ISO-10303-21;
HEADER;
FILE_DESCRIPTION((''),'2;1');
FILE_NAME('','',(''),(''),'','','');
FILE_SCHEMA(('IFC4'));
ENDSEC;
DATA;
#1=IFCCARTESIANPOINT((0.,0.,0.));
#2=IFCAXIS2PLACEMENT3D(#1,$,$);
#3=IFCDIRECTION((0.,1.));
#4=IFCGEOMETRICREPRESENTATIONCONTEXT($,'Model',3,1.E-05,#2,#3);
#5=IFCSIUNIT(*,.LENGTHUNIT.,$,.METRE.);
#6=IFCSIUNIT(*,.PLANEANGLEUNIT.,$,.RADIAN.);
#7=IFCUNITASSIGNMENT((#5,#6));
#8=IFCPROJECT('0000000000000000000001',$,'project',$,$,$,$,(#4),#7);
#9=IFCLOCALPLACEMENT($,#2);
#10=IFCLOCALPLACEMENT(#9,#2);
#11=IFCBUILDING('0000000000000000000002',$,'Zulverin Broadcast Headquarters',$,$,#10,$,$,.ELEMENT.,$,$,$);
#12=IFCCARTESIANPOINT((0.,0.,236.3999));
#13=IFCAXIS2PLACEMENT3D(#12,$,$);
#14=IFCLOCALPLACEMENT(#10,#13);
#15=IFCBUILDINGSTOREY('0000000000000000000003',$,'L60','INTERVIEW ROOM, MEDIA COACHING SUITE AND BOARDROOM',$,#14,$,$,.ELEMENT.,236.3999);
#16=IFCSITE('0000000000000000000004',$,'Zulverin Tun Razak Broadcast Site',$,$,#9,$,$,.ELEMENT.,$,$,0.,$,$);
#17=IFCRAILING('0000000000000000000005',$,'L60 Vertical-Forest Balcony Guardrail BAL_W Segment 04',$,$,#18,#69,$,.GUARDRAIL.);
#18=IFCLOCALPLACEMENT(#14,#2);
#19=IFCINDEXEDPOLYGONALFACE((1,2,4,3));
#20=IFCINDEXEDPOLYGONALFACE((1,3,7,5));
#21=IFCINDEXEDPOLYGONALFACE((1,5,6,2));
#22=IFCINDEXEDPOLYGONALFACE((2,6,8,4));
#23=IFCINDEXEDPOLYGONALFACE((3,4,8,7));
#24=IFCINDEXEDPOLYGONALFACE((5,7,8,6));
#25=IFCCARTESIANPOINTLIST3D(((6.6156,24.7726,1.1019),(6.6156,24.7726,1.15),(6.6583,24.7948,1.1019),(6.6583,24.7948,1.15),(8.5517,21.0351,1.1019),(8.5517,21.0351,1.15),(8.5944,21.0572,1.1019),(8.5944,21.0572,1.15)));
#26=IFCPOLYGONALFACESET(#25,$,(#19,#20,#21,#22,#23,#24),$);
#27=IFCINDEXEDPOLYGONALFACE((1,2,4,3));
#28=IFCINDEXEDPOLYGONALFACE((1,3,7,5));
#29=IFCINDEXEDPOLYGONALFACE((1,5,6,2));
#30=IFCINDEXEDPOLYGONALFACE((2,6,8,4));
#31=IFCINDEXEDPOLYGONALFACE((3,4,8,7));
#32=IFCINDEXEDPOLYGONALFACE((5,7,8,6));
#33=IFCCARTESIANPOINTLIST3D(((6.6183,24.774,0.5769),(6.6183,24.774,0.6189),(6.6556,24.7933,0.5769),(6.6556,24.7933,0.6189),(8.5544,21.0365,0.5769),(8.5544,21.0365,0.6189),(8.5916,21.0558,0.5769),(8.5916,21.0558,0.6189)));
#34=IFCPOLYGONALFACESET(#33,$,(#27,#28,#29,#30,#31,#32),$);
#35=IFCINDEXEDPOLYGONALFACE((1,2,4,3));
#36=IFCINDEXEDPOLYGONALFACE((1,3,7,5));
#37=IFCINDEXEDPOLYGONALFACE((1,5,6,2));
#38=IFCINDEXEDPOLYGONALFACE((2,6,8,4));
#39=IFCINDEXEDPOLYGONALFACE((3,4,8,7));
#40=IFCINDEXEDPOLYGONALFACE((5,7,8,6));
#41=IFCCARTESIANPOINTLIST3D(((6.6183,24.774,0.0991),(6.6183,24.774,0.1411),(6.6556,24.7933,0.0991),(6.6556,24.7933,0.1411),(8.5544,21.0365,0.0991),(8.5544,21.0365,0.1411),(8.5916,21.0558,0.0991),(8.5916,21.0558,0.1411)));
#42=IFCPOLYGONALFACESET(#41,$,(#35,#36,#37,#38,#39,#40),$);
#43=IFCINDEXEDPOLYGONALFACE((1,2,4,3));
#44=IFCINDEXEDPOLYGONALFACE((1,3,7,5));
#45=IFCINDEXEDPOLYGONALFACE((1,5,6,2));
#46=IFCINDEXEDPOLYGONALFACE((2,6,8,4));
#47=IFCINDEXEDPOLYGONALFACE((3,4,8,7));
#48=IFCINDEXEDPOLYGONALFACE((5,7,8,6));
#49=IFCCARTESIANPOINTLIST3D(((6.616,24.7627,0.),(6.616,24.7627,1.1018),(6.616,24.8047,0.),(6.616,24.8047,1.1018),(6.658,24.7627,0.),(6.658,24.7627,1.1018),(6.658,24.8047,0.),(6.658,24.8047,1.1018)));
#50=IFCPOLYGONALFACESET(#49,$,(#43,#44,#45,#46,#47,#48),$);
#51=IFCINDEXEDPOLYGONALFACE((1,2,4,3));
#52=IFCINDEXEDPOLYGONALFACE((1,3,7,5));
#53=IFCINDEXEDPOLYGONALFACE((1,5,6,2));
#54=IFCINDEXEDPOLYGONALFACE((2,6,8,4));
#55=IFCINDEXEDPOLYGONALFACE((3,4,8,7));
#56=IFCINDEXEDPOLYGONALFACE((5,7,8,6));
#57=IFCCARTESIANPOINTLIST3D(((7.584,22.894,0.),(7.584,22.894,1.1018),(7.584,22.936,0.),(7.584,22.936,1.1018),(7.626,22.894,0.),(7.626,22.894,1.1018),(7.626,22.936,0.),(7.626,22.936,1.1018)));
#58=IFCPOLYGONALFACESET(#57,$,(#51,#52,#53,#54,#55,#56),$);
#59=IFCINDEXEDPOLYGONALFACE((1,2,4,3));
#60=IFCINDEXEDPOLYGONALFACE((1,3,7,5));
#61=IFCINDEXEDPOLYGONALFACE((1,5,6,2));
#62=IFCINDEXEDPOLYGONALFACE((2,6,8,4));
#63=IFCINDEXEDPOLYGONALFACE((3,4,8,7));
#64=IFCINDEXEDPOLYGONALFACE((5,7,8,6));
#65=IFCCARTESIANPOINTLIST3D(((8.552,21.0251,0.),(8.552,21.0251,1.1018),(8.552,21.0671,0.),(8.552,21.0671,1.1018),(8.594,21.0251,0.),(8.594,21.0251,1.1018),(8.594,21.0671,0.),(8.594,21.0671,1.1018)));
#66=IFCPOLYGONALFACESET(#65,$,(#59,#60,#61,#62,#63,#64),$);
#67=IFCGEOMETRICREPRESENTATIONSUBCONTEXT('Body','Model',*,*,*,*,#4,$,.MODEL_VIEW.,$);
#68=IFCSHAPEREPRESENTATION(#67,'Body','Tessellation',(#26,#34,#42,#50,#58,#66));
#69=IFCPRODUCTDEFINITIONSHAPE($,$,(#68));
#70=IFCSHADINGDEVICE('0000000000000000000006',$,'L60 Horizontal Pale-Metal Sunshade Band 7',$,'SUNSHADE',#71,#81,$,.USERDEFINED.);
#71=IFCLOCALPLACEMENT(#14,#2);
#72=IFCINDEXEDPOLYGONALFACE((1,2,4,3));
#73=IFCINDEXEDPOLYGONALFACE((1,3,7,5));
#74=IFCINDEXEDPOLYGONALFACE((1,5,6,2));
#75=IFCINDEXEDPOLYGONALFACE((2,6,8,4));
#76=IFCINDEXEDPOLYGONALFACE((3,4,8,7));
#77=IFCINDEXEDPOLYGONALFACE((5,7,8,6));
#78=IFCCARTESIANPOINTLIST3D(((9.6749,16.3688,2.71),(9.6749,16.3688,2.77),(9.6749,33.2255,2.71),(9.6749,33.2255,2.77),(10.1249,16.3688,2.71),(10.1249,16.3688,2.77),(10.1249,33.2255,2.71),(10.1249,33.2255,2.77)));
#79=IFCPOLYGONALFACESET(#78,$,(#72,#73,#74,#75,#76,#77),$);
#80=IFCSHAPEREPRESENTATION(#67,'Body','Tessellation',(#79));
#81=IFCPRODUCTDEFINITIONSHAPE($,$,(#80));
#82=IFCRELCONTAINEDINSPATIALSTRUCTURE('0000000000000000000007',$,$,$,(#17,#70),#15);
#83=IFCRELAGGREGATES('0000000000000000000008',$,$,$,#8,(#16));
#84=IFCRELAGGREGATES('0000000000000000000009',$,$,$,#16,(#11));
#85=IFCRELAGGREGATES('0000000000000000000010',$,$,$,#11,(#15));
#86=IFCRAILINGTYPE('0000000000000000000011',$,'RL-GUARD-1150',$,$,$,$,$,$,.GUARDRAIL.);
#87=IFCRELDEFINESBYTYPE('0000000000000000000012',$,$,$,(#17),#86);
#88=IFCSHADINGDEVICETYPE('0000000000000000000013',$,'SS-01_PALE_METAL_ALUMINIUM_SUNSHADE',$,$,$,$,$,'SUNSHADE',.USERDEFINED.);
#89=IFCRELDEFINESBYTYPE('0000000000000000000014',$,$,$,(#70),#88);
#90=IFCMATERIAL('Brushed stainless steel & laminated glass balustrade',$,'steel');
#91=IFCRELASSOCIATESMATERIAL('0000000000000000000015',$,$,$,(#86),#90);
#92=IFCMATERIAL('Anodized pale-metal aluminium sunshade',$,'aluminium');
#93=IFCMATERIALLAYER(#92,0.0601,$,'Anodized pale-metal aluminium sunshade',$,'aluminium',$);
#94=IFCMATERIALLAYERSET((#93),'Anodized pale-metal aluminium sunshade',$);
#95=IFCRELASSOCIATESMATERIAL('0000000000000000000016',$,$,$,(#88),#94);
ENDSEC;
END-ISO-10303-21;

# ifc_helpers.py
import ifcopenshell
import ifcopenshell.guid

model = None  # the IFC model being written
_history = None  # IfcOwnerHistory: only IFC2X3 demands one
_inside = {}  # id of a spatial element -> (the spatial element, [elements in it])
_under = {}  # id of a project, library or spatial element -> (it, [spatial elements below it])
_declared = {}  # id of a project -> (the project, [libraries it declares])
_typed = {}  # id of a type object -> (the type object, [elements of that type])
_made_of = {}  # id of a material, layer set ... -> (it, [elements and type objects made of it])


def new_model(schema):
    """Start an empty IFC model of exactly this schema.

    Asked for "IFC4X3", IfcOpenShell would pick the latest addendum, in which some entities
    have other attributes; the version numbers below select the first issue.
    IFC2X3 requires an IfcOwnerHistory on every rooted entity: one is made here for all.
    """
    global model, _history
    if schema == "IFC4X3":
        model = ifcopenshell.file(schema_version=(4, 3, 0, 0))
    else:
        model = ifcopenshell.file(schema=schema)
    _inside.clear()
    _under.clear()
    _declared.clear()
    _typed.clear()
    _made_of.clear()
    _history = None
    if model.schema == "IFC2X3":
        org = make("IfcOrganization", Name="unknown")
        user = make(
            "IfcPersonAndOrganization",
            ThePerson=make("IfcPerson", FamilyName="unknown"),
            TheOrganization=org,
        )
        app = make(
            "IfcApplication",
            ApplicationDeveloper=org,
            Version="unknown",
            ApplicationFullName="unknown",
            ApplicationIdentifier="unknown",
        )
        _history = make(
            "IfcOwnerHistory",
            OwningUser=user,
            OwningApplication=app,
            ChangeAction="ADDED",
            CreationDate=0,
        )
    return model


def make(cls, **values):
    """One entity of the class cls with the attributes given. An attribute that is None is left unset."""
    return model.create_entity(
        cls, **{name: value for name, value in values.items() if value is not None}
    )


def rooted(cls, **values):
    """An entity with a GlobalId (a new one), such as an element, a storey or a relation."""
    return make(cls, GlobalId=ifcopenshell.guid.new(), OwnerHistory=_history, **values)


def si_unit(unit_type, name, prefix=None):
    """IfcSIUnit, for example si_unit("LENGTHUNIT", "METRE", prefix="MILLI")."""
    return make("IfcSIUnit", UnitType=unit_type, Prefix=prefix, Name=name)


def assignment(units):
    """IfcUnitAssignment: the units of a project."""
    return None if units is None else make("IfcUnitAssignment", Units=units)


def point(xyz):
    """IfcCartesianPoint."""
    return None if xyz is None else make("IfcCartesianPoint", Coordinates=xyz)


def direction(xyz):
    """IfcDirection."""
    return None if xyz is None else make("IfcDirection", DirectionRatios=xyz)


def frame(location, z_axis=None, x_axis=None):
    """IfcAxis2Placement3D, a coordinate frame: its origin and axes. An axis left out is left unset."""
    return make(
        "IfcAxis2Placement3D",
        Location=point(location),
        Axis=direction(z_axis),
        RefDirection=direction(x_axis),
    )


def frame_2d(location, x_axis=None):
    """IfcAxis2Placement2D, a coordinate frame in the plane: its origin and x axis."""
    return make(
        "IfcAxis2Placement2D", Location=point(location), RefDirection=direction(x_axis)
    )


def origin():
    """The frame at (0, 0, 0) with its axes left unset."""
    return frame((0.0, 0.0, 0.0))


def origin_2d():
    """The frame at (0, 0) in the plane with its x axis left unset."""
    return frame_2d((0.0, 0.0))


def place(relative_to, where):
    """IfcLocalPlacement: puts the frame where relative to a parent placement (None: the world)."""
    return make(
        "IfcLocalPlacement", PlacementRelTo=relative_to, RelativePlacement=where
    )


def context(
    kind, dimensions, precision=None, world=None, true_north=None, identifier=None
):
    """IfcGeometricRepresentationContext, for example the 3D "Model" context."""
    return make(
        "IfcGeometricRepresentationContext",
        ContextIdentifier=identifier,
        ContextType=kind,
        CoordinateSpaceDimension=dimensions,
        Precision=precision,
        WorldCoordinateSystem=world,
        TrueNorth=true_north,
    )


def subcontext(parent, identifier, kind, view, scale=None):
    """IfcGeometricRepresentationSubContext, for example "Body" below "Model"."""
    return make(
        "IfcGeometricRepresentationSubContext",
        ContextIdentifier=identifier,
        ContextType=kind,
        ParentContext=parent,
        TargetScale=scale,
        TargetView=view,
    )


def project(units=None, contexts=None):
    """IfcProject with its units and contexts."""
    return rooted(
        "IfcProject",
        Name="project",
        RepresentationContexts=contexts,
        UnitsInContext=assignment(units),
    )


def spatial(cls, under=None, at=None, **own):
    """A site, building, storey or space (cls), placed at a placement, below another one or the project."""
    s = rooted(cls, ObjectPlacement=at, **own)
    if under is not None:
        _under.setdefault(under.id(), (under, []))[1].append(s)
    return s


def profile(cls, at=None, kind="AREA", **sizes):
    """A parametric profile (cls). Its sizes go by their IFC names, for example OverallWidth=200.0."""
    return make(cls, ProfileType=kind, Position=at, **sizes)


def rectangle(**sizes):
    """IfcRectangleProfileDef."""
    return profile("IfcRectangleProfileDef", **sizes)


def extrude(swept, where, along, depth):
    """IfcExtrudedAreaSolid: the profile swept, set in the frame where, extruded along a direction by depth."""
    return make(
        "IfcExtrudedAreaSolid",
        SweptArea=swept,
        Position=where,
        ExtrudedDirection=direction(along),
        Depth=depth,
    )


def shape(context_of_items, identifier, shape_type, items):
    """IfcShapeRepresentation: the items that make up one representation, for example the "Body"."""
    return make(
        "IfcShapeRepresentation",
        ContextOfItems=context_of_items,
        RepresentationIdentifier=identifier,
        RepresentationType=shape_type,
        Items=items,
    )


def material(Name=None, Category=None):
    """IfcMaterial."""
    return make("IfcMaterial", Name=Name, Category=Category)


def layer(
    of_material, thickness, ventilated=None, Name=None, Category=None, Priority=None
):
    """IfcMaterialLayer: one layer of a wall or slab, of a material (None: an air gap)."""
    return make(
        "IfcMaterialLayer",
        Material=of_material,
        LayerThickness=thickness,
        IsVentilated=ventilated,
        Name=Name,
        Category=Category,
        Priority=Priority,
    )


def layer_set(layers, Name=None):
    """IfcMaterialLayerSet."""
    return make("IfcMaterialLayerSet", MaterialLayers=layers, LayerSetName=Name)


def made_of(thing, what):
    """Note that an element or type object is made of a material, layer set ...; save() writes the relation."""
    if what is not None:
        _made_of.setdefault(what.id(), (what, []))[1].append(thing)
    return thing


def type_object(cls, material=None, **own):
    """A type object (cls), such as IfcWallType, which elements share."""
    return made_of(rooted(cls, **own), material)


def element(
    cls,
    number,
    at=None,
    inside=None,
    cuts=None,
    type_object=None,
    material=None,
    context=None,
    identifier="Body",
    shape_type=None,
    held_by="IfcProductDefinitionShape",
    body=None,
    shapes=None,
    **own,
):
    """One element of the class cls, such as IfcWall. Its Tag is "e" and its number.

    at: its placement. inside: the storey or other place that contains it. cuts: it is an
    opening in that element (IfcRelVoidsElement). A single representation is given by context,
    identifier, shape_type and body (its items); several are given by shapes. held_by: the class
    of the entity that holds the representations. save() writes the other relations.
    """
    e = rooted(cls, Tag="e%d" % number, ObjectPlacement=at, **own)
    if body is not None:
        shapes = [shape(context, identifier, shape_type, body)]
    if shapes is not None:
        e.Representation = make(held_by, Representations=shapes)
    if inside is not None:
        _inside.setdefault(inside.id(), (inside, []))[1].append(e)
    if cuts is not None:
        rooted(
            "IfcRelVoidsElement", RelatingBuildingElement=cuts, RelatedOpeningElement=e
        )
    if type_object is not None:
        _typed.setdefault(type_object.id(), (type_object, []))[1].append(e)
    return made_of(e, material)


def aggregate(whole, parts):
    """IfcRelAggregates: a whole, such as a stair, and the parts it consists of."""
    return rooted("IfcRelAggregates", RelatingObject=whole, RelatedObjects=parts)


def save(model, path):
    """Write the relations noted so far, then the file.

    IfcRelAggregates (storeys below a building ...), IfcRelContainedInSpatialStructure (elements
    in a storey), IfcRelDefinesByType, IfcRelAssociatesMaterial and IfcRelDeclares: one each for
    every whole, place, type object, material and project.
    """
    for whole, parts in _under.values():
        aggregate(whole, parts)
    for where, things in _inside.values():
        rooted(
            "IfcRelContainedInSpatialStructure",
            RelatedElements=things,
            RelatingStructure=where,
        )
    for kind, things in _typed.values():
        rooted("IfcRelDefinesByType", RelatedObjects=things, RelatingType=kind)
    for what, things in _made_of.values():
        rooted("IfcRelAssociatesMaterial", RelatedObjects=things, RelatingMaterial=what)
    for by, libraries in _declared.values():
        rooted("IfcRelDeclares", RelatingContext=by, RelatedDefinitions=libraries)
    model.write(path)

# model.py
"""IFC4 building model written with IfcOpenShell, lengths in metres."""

from ifc_helpers import new_model, si_unit, direction, frame, origin, origin_2d, place, context, subcontext, project, spatial, rectangle, extrude, material, layer, layer_set, type_object, element, save


model = new_model("IFC4")

# Units and contexts
model_context = context("Model", 3, precision=1e-05, world=origin(), true_north=direction((0.0, 1.0)))
body_context = subcontext(model_context, "Body", "Model", "MODEL_VIEW")
ifc_project = project(units=[si_unit("LENGTHUNIT", "METRE"), si_unit("PLANEANGLEUNIT", "RADIAN")], contexts=[model_context])

# Site, building, storey
site_placement = place(None, origin())
site = spatial("IfcSite", under=ifc_project, at=site_placement, Name="Zulverin Tun Razak Broadcast Site", CompositionType="ELEMENT", RefElevation=0.0)
building_placement = place(site_placement, origin())
building = spatial("IfcBuilding", under=site, at=building_placement, Name="Zulverin Broadcast Headquarters", CompositionType="ELEMENT")
storey_placement = place(building_placement, frame((0.0, 0.0, 236.3999)))
storey = spatial("IfcBuildingStorey", under=building, at=storey_placement, Name="L60", Description="INTERVIEW ROOM, MEDIA COACHING SUITE AND BOARDROOM", CompositionType="ELEMENT", Elevation=236.3999)

# Railing
ifc_material_1 = material(Name="Brushed stainless steel & laminated glass balustrade", Category="steel")
railing_type = type_object("IfcRailingType", Name="RL-GUARD-1150", PredefinedType="GUARDRAIL", material=ifc_material_1)
railing_1_placement = place(storey_placement, frame((6.637, 24.7837, 0.0)))
element("IfcRailing", 1, at=railing_1_placement, inside=storey, type_object=railing_type, Name="L60 Vertical-Forest Balcony Guardrail BAL_W Segment 04", PredefinedType="GUARDRAIL", context=body_context, shape_type="SweptSolid", body=[
    extrude(rectangle(XDim=0.0481, YDim=0.0481, at=origin_2d()), frame((0.0, 0.0, 1.126), z_axis=(0.459951, -0.887944, 0.0), x_axis=(0.887944, 0.459951, 0.0)), (0.0, 0.0, 1.0), 4.2092),
    extrude(rectangle(XDim=0.042, YDim=0.042, at=origin_2d()), frame((0.0, 0.0, 0.5979), z_axis=(0.459951, -0.887944, 0.0), x_axis=(0.887944, 0.459951, 0.0)), (0.0, 0.0, 1.0), 4.2092),
    extrude(rectangle(XDim=0.042, YDim=0.042, at=origin_2d()), frame((0.0, 0.0, 0.1201), z_axis=(0.459951, -0.887944, 0.0), x_axis=(0.887944, 0.459951, 0.0)), (0.0, 0.0, 1.0), 4.2092),
    extrude(rectangle(XDim=0.042, YDim=0.042, at=origin_2d()), origin(), (0.0, 0.0, 1.0), 1.1018),
    extrude(rectangle(XDim=0.042, YDim=0.042, at=origin_2d()), frame((0.968, -1.8687, 0.0)), (0.0, 0.0, 1.0), 1.1018),
    extrude(rectangle(XDim=0.042, YDim=0.042, at=origin_2d()), frame((1.936, -3.7375, 0.0)), (0.0, 0.0, 1.0), 1.1018),
])

# Shading device
ifc_material_2 = material(Name="Anodized pale-metal aluminium sunshade", Category="aluminium")
ifc_layer_1 = layer(ifc_material_2, 0.0601, Name="Anodized pale-metal aluminium sunshade", Category="aluminium")
ifc_layer_set_1 = layer_set([ifc_layer_1], Name="Anodized pale-metal aluminium sunshade")
shading_device_type = type_object("IfcShadingDeviceType", Name="SS-01_PALE_METAL_ALUMINIUM_SUNSHADE", ElementType="SUNSHADE", PredefinedType="USERDEFINED", material=ifc_layer_set_1)
shading_device_placement = place(storey_placement, frame((9.8999, 24.7971, 2.71), z_axis=(0.0, 0.0, 1.0), x_axis=(0.0, -1.0, 0.0)))
element("IfcShadingDevice", 2, at=shading_device_placement, inside=storey, type_object=shading_device_type, Name="L60 Horizontal Pale-Metal Sunshade Band 7", ObjectType="SUNSHADE", PredefinedType="USERDEFINED", context=body_context, shape_type="SweptSolid", body=[
    extrude(rectangle(XDim=16.8567, YDim=0.45, at=origin_2d()), origin(), (0.0, 0.0, 1.0), 0.0601),
])

save(model, "model.ifc")
